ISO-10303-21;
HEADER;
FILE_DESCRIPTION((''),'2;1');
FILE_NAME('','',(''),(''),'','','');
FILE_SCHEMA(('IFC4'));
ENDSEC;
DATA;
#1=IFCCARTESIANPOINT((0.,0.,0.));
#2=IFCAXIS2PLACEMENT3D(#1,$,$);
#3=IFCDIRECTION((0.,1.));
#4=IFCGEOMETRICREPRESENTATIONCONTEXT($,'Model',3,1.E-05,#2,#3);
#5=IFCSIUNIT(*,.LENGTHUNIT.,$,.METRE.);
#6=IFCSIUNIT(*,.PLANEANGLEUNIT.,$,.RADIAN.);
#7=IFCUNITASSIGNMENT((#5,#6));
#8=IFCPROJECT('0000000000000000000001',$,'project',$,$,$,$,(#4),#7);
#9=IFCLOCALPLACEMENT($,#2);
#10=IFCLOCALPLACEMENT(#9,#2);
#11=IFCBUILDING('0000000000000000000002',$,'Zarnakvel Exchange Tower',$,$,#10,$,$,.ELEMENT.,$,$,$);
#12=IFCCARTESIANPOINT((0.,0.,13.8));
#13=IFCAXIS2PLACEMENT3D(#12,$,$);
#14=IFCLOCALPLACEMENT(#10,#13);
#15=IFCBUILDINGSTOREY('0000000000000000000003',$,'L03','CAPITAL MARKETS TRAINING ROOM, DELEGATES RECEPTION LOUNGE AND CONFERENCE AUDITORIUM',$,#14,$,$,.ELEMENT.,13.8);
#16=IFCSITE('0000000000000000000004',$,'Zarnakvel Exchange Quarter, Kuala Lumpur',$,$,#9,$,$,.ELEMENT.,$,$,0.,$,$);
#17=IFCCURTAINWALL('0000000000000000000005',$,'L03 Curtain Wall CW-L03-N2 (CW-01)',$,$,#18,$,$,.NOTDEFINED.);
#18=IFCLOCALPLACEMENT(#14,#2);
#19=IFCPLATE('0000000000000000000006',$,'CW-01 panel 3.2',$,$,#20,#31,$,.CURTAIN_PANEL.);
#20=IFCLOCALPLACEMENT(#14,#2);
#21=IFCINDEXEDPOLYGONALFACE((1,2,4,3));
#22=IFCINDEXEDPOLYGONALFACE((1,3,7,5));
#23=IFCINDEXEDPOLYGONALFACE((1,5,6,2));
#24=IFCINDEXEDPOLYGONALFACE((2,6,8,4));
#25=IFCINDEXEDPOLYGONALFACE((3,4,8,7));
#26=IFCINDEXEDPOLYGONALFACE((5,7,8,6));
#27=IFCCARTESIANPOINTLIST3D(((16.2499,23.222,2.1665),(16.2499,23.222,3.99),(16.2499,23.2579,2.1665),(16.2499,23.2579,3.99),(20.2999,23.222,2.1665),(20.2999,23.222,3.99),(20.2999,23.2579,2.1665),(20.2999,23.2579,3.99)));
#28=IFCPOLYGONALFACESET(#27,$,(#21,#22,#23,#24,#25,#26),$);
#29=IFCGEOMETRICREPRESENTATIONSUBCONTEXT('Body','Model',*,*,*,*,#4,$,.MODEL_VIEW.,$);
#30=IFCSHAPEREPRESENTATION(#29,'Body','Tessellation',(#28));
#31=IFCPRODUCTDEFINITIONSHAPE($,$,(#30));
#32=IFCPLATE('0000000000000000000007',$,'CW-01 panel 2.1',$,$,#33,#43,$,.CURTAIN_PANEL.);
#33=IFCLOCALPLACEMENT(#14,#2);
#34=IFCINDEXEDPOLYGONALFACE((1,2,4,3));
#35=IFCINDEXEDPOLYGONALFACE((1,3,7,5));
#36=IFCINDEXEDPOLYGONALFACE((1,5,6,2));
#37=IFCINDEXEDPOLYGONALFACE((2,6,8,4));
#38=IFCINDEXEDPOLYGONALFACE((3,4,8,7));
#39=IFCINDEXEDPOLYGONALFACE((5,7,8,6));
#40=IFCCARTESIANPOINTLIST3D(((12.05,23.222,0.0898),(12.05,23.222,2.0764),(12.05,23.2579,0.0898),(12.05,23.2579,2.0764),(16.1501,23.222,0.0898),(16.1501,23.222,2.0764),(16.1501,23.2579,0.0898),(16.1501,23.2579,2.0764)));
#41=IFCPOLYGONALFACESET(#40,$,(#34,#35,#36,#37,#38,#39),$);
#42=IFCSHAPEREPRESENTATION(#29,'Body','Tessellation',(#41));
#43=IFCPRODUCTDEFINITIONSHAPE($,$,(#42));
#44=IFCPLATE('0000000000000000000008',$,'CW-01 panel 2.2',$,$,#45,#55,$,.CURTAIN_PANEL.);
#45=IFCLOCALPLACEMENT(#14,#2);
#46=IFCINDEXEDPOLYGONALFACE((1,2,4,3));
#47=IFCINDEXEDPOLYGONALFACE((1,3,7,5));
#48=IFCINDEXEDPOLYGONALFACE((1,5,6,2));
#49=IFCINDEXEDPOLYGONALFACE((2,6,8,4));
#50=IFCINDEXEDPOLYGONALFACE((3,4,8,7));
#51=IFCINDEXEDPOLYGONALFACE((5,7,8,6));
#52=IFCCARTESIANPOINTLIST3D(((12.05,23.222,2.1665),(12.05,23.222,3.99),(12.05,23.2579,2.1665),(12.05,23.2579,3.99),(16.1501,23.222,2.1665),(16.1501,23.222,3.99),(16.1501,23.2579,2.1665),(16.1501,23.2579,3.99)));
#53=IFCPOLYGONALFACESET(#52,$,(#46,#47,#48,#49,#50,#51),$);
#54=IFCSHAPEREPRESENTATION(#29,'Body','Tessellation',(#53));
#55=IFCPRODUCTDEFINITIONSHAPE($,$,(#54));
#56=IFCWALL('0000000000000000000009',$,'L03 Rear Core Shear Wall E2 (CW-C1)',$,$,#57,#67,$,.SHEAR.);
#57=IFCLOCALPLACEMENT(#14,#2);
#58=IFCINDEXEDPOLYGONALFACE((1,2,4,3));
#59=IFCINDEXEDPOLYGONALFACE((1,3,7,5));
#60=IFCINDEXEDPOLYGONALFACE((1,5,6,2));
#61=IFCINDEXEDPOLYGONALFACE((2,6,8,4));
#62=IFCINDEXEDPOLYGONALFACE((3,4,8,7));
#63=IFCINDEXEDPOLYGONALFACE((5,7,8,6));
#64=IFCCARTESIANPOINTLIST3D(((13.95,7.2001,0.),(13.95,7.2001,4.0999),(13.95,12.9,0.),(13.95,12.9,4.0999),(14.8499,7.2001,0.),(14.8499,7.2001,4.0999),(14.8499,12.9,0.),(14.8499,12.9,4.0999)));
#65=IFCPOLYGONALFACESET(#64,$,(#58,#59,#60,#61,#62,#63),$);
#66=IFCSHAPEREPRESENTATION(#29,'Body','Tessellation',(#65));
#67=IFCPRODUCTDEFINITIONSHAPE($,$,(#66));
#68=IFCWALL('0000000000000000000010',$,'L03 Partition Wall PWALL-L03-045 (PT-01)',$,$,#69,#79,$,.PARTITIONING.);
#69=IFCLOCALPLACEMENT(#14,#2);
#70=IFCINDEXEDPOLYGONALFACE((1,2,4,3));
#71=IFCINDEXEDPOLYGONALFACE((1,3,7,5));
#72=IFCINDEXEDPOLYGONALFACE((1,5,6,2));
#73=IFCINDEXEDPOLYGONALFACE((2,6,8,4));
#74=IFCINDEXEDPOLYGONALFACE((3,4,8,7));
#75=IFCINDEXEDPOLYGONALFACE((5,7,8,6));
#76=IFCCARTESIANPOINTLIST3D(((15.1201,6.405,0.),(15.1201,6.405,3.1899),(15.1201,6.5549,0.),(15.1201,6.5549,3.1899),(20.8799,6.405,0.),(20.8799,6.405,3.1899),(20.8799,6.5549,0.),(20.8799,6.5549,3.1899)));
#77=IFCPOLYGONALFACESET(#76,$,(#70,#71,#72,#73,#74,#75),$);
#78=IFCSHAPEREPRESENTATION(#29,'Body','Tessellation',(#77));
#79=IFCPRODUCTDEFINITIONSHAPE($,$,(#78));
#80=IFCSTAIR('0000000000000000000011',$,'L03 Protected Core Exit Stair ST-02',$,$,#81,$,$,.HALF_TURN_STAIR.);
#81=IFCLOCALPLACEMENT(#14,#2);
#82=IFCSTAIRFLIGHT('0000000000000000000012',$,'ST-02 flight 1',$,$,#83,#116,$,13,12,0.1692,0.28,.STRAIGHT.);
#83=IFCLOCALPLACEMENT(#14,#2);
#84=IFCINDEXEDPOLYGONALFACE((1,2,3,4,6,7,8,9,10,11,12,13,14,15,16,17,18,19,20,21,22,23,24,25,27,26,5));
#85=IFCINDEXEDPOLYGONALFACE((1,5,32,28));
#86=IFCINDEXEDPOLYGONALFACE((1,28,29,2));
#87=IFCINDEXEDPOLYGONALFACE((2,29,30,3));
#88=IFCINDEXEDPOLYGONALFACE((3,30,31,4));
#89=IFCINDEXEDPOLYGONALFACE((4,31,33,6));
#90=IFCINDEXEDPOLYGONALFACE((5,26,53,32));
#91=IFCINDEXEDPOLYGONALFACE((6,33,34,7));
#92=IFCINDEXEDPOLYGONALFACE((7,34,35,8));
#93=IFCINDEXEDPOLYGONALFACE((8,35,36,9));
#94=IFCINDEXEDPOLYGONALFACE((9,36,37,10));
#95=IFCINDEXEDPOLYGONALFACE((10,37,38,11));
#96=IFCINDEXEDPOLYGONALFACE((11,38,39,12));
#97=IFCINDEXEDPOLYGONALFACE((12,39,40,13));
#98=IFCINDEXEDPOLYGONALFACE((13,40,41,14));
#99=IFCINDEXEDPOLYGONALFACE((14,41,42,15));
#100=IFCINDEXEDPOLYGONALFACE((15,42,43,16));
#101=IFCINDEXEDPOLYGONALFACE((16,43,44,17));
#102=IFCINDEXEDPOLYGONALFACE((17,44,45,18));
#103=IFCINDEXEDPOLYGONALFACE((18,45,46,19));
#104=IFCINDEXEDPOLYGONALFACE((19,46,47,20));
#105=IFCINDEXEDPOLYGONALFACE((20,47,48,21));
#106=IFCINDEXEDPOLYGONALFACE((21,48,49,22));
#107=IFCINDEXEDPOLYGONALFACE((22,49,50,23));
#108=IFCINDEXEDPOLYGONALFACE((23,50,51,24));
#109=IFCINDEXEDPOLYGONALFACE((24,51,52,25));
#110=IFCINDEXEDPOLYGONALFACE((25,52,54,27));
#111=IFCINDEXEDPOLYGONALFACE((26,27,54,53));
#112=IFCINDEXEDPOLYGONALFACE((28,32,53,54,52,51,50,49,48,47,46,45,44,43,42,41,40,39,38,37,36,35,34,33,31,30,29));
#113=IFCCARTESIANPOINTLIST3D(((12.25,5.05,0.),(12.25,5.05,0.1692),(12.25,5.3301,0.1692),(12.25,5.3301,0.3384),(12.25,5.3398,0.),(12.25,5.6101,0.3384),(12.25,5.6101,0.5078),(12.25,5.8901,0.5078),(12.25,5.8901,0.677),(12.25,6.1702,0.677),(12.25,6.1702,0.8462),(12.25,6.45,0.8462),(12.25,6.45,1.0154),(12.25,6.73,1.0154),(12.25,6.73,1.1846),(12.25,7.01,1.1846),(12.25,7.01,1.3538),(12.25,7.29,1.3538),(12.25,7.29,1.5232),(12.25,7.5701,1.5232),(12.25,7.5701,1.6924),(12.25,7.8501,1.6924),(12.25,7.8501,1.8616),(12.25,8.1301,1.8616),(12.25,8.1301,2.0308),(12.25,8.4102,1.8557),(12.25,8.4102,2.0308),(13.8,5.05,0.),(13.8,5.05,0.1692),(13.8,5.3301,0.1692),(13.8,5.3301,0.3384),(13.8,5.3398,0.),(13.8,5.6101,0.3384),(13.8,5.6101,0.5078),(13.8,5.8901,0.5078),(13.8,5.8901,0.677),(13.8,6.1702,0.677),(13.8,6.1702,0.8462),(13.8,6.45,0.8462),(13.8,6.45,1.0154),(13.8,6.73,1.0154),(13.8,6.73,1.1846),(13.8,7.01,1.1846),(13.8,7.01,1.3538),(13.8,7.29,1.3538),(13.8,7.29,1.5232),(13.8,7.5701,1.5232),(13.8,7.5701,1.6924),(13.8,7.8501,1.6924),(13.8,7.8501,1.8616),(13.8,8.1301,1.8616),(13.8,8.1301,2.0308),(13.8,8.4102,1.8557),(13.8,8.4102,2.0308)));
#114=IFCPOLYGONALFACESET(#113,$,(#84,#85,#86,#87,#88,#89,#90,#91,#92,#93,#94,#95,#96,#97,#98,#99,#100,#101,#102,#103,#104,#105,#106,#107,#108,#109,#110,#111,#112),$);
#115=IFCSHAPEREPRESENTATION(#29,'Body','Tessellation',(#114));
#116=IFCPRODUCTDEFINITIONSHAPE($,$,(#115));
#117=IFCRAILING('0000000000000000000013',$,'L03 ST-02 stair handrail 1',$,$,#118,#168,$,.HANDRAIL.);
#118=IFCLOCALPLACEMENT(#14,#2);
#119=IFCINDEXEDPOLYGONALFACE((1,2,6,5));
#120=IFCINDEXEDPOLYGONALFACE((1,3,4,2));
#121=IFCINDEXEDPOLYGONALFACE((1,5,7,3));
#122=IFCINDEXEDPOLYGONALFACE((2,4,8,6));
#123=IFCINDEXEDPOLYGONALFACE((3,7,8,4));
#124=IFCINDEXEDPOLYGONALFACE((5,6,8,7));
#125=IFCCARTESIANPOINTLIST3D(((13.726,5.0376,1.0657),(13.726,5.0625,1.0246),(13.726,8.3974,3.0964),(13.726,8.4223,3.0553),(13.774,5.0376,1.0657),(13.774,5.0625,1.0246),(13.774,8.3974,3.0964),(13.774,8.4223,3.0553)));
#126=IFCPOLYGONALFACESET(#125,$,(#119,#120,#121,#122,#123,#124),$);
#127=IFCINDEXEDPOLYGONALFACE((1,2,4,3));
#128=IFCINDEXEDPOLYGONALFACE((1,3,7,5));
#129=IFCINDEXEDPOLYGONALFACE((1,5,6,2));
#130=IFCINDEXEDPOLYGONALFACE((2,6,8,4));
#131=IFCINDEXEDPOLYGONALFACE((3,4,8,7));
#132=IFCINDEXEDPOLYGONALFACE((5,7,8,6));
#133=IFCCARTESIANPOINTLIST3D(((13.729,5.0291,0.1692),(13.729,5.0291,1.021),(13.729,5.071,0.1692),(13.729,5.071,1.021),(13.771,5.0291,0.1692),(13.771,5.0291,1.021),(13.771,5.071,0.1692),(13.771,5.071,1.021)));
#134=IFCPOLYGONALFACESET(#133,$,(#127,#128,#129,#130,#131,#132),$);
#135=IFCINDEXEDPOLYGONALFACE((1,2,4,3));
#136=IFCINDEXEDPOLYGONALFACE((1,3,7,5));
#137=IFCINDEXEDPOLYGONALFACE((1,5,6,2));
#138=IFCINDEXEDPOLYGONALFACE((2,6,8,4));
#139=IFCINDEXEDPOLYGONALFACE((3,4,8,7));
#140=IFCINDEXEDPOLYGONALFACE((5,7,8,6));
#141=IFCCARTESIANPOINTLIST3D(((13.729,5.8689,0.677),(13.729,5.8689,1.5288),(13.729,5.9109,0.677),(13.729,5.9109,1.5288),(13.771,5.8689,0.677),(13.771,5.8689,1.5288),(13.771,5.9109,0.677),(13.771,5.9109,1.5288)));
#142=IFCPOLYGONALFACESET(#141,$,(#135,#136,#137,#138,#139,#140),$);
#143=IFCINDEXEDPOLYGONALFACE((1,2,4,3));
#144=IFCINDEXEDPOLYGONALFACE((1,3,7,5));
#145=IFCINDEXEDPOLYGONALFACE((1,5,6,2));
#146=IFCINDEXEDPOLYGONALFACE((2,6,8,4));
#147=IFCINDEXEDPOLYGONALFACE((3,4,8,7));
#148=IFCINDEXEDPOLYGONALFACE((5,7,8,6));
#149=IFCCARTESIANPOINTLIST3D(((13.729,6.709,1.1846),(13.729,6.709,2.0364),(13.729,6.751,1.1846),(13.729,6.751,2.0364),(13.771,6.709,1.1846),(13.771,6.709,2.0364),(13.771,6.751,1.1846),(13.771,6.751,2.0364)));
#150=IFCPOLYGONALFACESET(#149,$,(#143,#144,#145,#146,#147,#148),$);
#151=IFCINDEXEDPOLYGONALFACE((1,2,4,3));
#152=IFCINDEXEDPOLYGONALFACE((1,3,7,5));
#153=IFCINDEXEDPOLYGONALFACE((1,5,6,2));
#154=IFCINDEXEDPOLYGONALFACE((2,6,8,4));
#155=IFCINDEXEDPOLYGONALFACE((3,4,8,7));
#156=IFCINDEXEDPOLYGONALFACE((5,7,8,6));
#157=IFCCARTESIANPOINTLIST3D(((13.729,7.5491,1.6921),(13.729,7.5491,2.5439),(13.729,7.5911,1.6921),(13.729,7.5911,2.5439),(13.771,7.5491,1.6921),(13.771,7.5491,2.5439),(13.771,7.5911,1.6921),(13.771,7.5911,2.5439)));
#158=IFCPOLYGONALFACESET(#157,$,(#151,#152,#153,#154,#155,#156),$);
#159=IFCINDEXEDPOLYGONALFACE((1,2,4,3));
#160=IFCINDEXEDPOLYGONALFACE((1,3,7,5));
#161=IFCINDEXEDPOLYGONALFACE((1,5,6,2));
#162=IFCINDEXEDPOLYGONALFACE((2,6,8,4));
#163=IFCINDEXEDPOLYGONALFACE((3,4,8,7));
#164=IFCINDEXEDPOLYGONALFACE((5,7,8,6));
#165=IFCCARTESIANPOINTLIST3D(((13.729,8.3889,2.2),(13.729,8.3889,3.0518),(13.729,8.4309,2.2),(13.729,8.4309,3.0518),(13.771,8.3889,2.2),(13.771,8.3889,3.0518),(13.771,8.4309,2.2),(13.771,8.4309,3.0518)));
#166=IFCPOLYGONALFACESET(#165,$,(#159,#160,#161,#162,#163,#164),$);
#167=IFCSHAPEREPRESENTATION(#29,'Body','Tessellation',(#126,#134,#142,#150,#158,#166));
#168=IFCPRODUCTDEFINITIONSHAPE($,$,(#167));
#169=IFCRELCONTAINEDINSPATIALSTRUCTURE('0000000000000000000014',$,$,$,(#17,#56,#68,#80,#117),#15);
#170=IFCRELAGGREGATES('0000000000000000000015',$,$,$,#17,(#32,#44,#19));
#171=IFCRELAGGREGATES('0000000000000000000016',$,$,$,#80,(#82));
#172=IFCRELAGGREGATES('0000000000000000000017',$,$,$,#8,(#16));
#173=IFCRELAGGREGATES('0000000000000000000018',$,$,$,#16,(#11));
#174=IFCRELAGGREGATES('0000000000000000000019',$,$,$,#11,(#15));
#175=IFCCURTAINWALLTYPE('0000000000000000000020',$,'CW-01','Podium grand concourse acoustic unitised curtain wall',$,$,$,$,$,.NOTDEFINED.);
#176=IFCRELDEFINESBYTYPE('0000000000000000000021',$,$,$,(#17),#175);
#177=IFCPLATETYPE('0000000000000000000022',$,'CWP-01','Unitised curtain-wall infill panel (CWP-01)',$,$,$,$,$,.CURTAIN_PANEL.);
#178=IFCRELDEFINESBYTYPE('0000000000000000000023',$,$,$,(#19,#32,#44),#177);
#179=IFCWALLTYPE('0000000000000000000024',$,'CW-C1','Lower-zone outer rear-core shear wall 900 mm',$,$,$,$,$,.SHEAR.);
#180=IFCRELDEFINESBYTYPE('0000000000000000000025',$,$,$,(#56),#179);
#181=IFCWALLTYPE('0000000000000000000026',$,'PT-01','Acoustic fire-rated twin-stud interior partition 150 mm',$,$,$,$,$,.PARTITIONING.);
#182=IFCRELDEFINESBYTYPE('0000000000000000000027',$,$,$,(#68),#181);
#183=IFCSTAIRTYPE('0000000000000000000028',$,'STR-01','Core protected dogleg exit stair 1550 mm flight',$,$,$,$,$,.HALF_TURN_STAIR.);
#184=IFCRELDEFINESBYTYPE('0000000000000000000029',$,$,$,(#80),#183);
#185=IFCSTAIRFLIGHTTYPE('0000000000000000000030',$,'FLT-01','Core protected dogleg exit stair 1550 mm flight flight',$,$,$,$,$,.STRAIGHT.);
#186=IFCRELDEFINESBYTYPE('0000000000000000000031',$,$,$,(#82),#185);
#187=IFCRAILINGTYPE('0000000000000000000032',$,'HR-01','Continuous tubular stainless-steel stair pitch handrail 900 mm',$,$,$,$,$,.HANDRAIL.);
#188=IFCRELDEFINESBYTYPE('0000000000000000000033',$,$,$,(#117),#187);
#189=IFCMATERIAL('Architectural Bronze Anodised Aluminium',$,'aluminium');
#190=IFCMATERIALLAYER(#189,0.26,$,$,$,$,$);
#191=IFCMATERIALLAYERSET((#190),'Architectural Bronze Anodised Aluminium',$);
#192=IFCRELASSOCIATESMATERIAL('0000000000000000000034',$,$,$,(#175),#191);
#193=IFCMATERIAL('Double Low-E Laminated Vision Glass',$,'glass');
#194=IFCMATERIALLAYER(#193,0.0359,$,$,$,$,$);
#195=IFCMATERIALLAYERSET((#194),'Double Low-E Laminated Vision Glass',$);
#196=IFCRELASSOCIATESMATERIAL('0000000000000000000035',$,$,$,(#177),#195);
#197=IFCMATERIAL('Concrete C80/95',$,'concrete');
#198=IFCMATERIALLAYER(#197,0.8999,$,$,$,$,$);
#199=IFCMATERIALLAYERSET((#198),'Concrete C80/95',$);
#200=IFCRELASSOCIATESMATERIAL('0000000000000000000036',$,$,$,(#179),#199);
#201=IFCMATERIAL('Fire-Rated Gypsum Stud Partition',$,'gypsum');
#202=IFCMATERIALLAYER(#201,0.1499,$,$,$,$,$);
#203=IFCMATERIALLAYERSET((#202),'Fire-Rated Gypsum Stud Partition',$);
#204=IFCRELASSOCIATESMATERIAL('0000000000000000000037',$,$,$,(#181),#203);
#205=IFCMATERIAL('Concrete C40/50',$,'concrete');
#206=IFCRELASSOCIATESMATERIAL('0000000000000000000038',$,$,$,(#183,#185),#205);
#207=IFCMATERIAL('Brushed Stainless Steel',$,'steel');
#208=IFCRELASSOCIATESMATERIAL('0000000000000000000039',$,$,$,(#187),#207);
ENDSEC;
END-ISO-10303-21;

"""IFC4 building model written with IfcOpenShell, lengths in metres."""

from ifc_helpers import new_model, si_unit, direction, frame, frame_2d, origin, origin_2d, place, context, subcontext, project, spatial, polyline, rectangle, outline, extrude, source, transform, mapped, material, layer, layer_set, type_object, element, aggregate, save


model = new_model("IFC4")

# Units and contexts
model_context = context("Model", 3, precision=1e-05, world=origin(), true_north=direction((0.0, 1.0)))
body_context = subcontext(model_context, "Body", "Model", "MODEL_VIEW")
ifc_project = project(units=[si_unit("LENGTHUNIT", "METRE"), si_unit("PLANEANGLEUNIT", "RADIAN")], contexts=[model_context])

# Site, building, storey
site_placement = place(None, origin())
site = spatial("IfcSite", under=ifc_project, at=site_placement, Name="Zarnakvel Exchange Quarter, Kuala Lumpur", CompositionType="ELEMENT", RefElevation=0.0)
building_placement = place(site_placement, origin())
building = spatial("IfcBuilding", under=site, at=building_placement, Name="Zarnakvel Exchange Tower", CompositionType="ELEMENT")
storey_placement = place(building_placement, frame((0.0, 0.0, 13.8)))
storey = spatial("IfcBuildingStorey", under=building, at=storey_placement, Name="L03", Description="CAPITAL MARKETS TRAINING ROOM, DELEGATES RECEPTION LOUNGE AND CONFERENCE AUDITORIUM", CompositionType="ELEMENT", Elevation=13.8)

# Shared definitions
ifc_material_1 = material(Name="Concrete C80/95", Category="concrete")

# Curtain wall, plates
ifc_material_2 = material(Name="Architectural Bronze Anodised Aluminium", Category="aluminium")
ifc_layer_1 = layer(ifc_material_2, 0.26)
ifc_layer_set_1 = layer_set([ifc_layer_1], Name="Architectural Bronze Anodised Aluminium")
curtain_wall_type = type_object("IfcCurtainWallType", Name="CW-01", Description="Podium grand concourse acoustic unitised curtain wall", PredefinedType="NOTDEFINED", material=ifc_layer_set_1)
curtain_wall_placement = place(storey_placement, origin())
curtain_wall = element("IfcCurtainWall", 1, at=curtain_wall_placement, inside=storey, type_object=curtain_wall_type, Name="L03 Curtain Wall CW-L03-N2 (CW-01)", PredefinedType="NOTDEFINED")
ifc_material_3 = material(Name="Double Low-E Laminated Vision Glass", Category="glass")
ifc_layer_2 = layer(ifc_material_3, 0.0359)
ifc_layer_set_2 = layer_set([ifc_layer_2], Name="Double Low-E Laminated Vision Glass")
plate_type = type_object("IfcPlateType", Name="CWP-01", Description="Unitised curtain-wall infill panel (CWP-01)", PredefinedType="CURTAIN_PANEL", material=ifc_layer_set_2)
shared_shape_1 = source(origin(), body_context, "Body", "SweptSolid", [
    extrude(rectangle(XDim=4.05, YDim=0.0359, at=origin_2d()), origin(), (0.0, 0.0, 1.0), 1.8235),
])
plate_1_placement = place(storey_placement, frame((18.2749, 23.24, 2.1665), z_axis=(0.0, 0.0, 1.0), x_axis=(1.0, 0.0, 0.0)))
plate_1 = element("IfcPlate", 2, at=plate_1_placement, type_object=plate_type, Name="CW-01 panel 3.2", PredefinedType="CURTAIN_PANEL", context=body_context, shape_type="MappedRepresentation", body=[
    mapped(shared_shape_1, transform((0.0, 0.0, 0.0), x_axis=(1.0, 0.0, 0.0), y_axis=(0.0, 1.0, 0.0), z_axis=(0.0, 0.0, 1.0), scale=1.0)),
])
shared_shape_2 = source(origin(), body_context, "Body", "SweptSolid", [
    extrude(rectangle(XDim=4.1001, YDim=0.0359, at=origin_2d()), origin(), (0.0, 0.0, 1.0), 1.9866),
])
plate_2_placement = place(storey_placement, frame((14.1001, 23.24, 0.0898), z_axis=(0.0, 0.0, 1.0), x_axis=(1.0, 0.0, 0.0)))
plate_2 = element("IfcPlate", 3, at=plate_2_placement, type_object=plate_type, Name="CW-01 panel 2.1", PredefinedType="CURTAIN_PANEL", context=body_context, shape_type="MappedRepresentation", body=[
    mapped(shared_shape_2, transform((0.0, 0.0, 0.0), x_axis=(1.0, 0.0, 0.0), y_axis=(0.0, 1.0, 0.0), z_axis=(0.0, 0.0, 1.0), scale=1.0)),
])
shared_shape_3 = source(origin(), body_context, "Body", "SweptSolid", [
    extrude(rectangle(XDim=4.1001, YDim=0.0359, at=origin_2d()), origin(), (0.0, 0.0, 1.0), 1.8235),
])
plate_3_placement = place(storey_placement, frame((14.1001, 23.24, 2.1665), z_axis=(0.0, 0.0, 1.0), x_axis=(1.0, 0.0, 0.0)))
plate_3 = element("IfcPlate", 4, at=plate_3_placement, type_object=plate_type, Name="CW-01 panel 2.2", PredefinedType="CURTAIN_PANEL", context=body_context, shape_type="MappedRepresentation", body=[
    mapped(shared_shape_3, transform((0.0, 0.0, 0.0), x_axis=(1.0, 0.0, 0.0), y_axis=(0.0, 1.0, 0.0), z_axis=(0.0, 0.0, 1.0), scale=1.0)),
])
aggregate(curtain_wall, [plate_2, plate_3, plate_1])

# Walls
ifc_layer_3 = layer(ifc_material_1, 0.8999)
ifc_layer_set_3 = layer_set([ifc_layer_3], Name="Concrete C80/95")
wall_type_1 = type_object("IfcWallType", Name="CW-C1", Description="Lower-zone outer rear-core shear wall 900 mm", PredefinedType="SHEAR", material=ifc_layer_set_3)
wall_1_placement = place(storey_placement, frame((14.3999, 7.2, 0.0), z_axis=(0.0, 0.0, 1.0), x_axis=(0.0, 1.0, 0.0)))
element("IfcWall", 5, at=wall_1_placement, inside=storey, type_object=wall_type_1, Name="L03 Rear Core Shear Wall E2 (CW-C1)", PredefinedType="SHEAR", context=body_context, shape_type="SweptSolid", body=[
    extrude(rectangle(XDim=5.7, YDim=0.8999, at=frame_2d((2.8501, 0.0))), origin(), (0.0, 0.0, 1.0), 4.0999),
])
ifc_material_4 = material(Name="Fire-Rated Gypsum Stud Partition", Category="gypsum")
ifc_layer_4 = layer(ifc_material_4, 0.1499)
ifc_layer_set_4 = layer_set([ifc_layer_4], Name="Fire-Rated Gypsum Stud Partition")
wall_type_2 = type_object("IfcWallType", Name="PT-01", Description="Acoustic fire-rated twin-stud interior partition 150 mm", PredefinedType="PARTITIONING", material=ifc_layer_set_4)
wall_2_placement = place(storey_placement, frame((15.1201, 6.48, 0.0), z_axis=(0.0, 0.0, 1.0), x_axis=(1.0, 0.0, 0.0)))
element("IfcWall", 6, at=wall_2_placement, inside=storey, type_object=wall_type_2, Name="L03 Partition Wall PWALL-L03-045 (PT-01)", PredefinedType="PARTITIONING", context=body_context, shape_type="SweptSolid", body=[
    extrude(rectangle(XDim=5.7598, YDim=0.1499, at=frame_2d((2.8799, 0.0))), origin(), (0.0, 0.0, 1.0), 3.1899),
])

# Shared definitions
ifc_material_5 = material(Name="Concrete C40/50", Category="concrete")

# Stair, stair flight
stair_type = type_object("IfcStairType", Name="STR-01", Description="Core protected dogleg exit stair 1550 mm flight", PredefinedType="HALF_TURN_STAIR", material=ifc_material_5)
stair_placement = place(storey_placement, origin())
stair = element("IfcStair", 7, at=stair_placement, inside=storey, type_object=stair_type, Name="L03 Protected Core Exit Stair ST-02", PredefinedType="HALF_TURN_STAIR")
stair_flight_type = type_object("IfcStairFlightType", Name="FLT-01", Description="Core protected dogleg exit stair 1550 mm flight flight", PredefinedType="STRAIGHT", material=ifc_material_5)
stair_flight_placement = place(storey_placement, frame((13.0249, 5.05, 0.0), z_axis=(0.0, 0.0, 1.0), x_axis=(0.0, 1.0, 0.0)))
stair_flight = element("IfcStairFlight", 8, at=stair_flight_placement, type_object=stair_flight_type, Name="ST-02 flight 1", NumberOfRisers=13, NumberOfTreads=12, PredefinedType="STRAIGHT", RiserHeight=0.1692, TreadLength=0.28, context=body_context, shape_type="SweptSolid", body=[
    extrude(outline(polyline([(0.0, 0.0), (0.0, 0.1692), (0.28, 0.1692), (0.28, 0.3384), (0.5601, 0.3384), (0.5601, 0.5078), (0.8401, 0.5078), (0.8401, 0.677), (1.1201, 0.677), (1.1201, 0.8462), (1.3999, 0.8462), (1.3999, 1.0154), (1.6799, 1.0154), (1.6799, 1.1846), (1.96, 1.1846), (1.96, 1.3538), (2.24, 1.3538), (2.24, 1.5232), (2.52, 1.5232), (2.52, 1.6924), (2.8, 1.6924), (2.8, 1.8616), (3.0801, 1.8616), (3.0801, 2.0308), (3.3601, 2.0308), (3.3601, 2.2), (3.3601, 1.8557), (0.2898, 0.0), (0.0, 0.0)])), frame((0.0, 0.7749, 0.0), z_axis=(0.0, -1.0, 0.0), x_axis=(1.0, 0.0, 0.0)), (0.0, 0.0, 1.0), 1.55),
])
aggregate(stair, [stair_flight])

# Railing
ifc_material_6 = material(Name="Brushed Stainless Steel", Category="steel")
railing_type_1 = type_object("IfcRailingType", Name="HR-01", Description="Continuous tubular stainless-steel stair pitch handrail 900 mm", PredefinedType="HANDRAIL", material=ifc_material_6)
railing_1_placement = place(storey_placement, frame((13.75, 5.05, 0.1692)))
element("IfcRailing", 9, at=railing_1_placement, inside=storey, type_object=railing_type_1, Name="L03 ST-02 stair handrail 1", PredefinedType="HANDRAIL", context=body_context, shape_type="SweptSolid", body=[
    extrude(rectangle(XDim=0.0481, YDim=0.0481, at=origin_2d()), frame((0.0, 0.0, 0.876), z_axis=(0.0, 0.85582, 0.517273), x_axis=(-1.0, 0.0, 0.0)), (0.0, 0.0, 1.0), 3.9258),
    extrude(rectangle(XDim=0.042, YDim=0.042, at=origin_2d()), origin(), (0.0, 0.0, 1.0), 0.8518),
    extrude(rectangle(XDim=0.042, YDim=0.042, at=origin_2d()), frame((0.0, 0.8398, 0.5078)), (0.0, 0.0, 1.0), 0.8518),
    extrude(rectangle(XDim=0.042, YDim=0.042, at=origin_2d()), frame((0.0, 1.6799, 1.0154)), (0.0, 0.0, 1.0), 0.8518),
    extrude(rectangle(XDim=0.042, YDim=0.042, at=origin_2d()), frame((0.0, 2.52, 1.5229)), (0.0, 0.0, 1.0), 0.8518),
    extrude(rectangle(XDim=0.042, YDim=0.042, at=origin_2d()), frame((0.0, 3.3599, 2.0308)), (0.0, 0.0, 1.0), 0.8518),
])

save(model, "model.ifc")
